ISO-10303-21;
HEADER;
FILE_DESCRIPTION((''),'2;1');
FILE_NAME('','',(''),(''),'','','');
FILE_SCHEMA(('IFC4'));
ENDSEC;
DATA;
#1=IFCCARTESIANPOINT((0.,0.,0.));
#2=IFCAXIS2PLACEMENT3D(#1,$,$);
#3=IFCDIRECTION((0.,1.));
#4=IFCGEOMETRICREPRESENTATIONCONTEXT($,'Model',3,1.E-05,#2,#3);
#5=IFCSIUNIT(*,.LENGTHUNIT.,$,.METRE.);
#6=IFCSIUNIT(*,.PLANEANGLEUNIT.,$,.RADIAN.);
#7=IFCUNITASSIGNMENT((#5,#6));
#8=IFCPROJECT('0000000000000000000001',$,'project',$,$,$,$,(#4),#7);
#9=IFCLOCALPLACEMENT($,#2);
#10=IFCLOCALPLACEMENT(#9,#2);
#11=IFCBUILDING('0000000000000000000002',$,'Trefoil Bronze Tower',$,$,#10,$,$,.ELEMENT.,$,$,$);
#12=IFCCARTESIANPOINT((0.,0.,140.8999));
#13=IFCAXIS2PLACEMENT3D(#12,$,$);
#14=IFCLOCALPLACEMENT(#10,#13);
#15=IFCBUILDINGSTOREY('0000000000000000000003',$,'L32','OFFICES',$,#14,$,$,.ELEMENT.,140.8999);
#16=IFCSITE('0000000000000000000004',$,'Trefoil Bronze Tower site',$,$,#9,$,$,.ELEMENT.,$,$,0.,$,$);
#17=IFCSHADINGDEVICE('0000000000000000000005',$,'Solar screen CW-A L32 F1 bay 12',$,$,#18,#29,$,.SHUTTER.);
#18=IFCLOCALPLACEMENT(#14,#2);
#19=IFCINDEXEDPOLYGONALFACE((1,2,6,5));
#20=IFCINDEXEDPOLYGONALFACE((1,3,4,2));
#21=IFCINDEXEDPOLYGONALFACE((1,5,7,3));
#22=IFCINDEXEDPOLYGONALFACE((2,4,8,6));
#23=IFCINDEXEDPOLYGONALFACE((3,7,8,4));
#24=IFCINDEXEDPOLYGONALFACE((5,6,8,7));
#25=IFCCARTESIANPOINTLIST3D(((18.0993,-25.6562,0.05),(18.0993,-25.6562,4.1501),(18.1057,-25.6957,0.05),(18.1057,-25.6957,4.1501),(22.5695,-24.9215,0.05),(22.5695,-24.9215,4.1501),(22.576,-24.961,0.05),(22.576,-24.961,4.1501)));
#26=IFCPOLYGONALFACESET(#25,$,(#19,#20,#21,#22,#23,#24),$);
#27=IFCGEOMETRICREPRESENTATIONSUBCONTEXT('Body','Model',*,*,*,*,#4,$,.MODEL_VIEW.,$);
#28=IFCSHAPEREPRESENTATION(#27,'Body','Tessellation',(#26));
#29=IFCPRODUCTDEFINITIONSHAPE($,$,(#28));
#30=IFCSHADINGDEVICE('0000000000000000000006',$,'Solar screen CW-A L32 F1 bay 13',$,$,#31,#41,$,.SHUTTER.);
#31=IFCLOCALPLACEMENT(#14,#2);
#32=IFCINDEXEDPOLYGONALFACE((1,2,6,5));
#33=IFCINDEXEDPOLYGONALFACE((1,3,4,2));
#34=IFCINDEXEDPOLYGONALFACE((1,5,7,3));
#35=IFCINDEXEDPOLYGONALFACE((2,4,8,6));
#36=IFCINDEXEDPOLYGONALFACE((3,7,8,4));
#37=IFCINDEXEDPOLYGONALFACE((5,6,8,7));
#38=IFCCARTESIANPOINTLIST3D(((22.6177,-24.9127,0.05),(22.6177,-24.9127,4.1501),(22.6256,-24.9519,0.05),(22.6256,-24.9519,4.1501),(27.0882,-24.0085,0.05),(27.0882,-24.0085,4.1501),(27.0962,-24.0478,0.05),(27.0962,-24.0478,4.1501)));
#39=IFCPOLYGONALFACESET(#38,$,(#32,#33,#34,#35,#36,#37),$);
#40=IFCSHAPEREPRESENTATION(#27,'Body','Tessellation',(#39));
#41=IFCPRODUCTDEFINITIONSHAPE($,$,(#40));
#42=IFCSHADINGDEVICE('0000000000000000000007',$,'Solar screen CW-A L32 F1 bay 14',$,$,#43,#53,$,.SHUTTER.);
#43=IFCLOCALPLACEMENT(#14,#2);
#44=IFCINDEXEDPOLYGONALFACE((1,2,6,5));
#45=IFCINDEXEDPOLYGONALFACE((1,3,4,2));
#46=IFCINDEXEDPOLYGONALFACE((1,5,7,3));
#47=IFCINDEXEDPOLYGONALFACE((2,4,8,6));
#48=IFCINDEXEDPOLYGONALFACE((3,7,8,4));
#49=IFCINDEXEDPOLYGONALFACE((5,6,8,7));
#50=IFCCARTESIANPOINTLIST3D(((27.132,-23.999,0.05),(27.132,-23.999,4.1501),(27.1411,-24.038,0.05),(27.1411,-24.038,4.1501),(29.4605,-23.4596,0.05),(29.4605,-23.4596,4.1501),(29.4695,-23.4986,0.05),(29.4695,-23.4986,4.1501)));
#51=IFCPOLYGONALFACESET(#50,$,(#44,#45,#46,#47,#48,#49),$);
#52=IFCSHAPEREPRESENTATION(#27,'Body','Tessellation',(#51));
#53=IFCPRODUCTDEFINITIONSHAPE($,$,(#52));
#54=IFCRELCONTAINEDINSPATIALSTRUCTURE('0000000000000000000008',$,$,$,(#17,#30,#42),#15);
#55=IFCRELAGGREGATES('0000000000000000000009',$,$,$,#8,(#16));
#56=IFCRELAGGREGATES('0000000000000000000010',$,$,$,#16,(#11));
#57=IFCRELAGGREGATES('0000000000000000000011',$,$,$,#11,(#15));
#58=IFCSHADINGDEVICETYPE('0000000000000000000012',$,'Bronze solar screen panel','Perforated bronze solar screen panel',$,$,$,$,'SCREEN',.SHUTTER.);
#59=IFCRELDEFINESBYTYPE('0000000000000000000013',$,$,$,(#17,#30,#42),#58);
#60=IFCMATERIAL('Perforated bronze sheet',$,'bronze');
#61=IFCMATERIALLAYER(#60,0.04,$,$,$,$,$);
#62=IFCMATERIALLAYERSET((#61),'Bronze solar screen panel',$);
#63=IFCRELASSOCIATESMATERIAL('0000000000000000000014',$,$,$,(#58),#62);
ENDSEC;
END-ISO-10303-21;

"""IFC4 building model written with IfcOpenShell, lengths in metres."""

from ifc_helpers import new_model, si_unit, direction, frame, origin, origin_2d, place, context, subcontext, project, spatial, rectangle, extrude, material, layer, layer_set, type_object, element, save


model = new_model("IFC4")

# Units and contexts
model_context = context("Model", 3, precision=1e-05, world=origin(), true_north=direction((0.0, 1.0)))
body_context = subcontext(model_context, "Body", "Model", "MODEL_VIEW")
ifc_project = project(units=[si_unit("LENGTHUNIT", "METRE"), si_unit("PLANEANGLEUNIT", "RADIAN")], contexts=[model_context])

# Site, building, storey
site_placement = place(None, origin())
site = spatial("IfcSite", under=ifc_project, at=site_placement, Name="Trefoil Bronze Tower site", CompositionType="ELEMENT", RefElevation=0.0)
building_placement = place(site_placement, origin())
building = spatial("IfcBuilding", under=site, at=building_placement, Name="Trefoil Bronze Tower", CompositionType="ELEMENT")
storey_placement = place(building_placement, frame((0.0, 0.0, 140.8999)))
storey = spatial("IfcBuildingStorey", under=building, at=storey_placement, Name="L32", Description="OFFICES", CompositionType="ELEMENT", Elevation=140.8999)

# Shading devices
ifc_material_1 = material(Name="Perforated bronze sheet", Category="bronze")
ifc_layer_1 = layer(ifc_material_1, 0.04)
ifc_layer_set_1 = layer_set([ifc_layer_1], Name="Bronze solar screen panel")
shading_device_type = type_object("IfcShadingDeviceType", Name="Bronze solar screen panel", Description="Perforated bronze solar screen panel", ElementType="SCREEN", PredefinedType="SHUTTER", material=ifc_layer_set_1)
shading_device_1_placement = place(storey_placement, frame((20.3376, -25.3086, 0.05), z_axis=(0.0, 0.0, 1.0), x_axis=(0.98676, 0.162189, 0.0)))
element("IfcShadingDevice", 1, at=shading_device_1_placement, inside=storey, type_object=shading_device_type, Name="Solar screen CW-A L32 F1 bay 12", PredefinedType="SHUTTER", context=body_context, shape_type="SweptSolid", body=[
    extrude(rectangle(XDim=4.5303, YDim=0.04, at=origin_2d()), origin(), (0.0, 0.0, 1.0), 4.1001),
])
shading_device_2_placement = place(storey_placement, frame((24.8569, -24.4802, 0.05), z_axis=(0.0, 0.0, 1.0), x_axis=(0.980155, 0.198232, 0.0)))
element("IfcShadingDevice", 2, at=shading_device_2_placement, inside=storey, type_object=shading_device_type, Name="Solar screen CW-A L32 F1 bay 13", PredefinedType="SHUTTER", context=body_context, shape_type="SweptSolid", body=[
    extrude(rectangle(XDim=4.561, YDim=0.04, at=origin_2d()), origin(), (0.0, 0.0, 1.0), 4.1001),
])
shading_device_3_placement = place(storey_placement, frame((28.3008, -23.7488, 0.05), z_axis=(0.0, 0.0, 1.0), x_axis=(0.974204, 0.225667, 0.0)))
element("IfcShadingDevice", 3, at=shading_device_3_placement, inside=storey, type_object=shading_device_type, Name="Solar screen CW-A L32 F1 bay 14", PredefinedType="SHUTTER", context=body_context, shape_type="SweptSolid", body=[
    extrude(rectangle(XDim=2.3901, YDim=0.04, at=origin_2d()), origin(), (0.0, 0.0, 1.0), 4.1001),
])

save(model, "model.ifc")
